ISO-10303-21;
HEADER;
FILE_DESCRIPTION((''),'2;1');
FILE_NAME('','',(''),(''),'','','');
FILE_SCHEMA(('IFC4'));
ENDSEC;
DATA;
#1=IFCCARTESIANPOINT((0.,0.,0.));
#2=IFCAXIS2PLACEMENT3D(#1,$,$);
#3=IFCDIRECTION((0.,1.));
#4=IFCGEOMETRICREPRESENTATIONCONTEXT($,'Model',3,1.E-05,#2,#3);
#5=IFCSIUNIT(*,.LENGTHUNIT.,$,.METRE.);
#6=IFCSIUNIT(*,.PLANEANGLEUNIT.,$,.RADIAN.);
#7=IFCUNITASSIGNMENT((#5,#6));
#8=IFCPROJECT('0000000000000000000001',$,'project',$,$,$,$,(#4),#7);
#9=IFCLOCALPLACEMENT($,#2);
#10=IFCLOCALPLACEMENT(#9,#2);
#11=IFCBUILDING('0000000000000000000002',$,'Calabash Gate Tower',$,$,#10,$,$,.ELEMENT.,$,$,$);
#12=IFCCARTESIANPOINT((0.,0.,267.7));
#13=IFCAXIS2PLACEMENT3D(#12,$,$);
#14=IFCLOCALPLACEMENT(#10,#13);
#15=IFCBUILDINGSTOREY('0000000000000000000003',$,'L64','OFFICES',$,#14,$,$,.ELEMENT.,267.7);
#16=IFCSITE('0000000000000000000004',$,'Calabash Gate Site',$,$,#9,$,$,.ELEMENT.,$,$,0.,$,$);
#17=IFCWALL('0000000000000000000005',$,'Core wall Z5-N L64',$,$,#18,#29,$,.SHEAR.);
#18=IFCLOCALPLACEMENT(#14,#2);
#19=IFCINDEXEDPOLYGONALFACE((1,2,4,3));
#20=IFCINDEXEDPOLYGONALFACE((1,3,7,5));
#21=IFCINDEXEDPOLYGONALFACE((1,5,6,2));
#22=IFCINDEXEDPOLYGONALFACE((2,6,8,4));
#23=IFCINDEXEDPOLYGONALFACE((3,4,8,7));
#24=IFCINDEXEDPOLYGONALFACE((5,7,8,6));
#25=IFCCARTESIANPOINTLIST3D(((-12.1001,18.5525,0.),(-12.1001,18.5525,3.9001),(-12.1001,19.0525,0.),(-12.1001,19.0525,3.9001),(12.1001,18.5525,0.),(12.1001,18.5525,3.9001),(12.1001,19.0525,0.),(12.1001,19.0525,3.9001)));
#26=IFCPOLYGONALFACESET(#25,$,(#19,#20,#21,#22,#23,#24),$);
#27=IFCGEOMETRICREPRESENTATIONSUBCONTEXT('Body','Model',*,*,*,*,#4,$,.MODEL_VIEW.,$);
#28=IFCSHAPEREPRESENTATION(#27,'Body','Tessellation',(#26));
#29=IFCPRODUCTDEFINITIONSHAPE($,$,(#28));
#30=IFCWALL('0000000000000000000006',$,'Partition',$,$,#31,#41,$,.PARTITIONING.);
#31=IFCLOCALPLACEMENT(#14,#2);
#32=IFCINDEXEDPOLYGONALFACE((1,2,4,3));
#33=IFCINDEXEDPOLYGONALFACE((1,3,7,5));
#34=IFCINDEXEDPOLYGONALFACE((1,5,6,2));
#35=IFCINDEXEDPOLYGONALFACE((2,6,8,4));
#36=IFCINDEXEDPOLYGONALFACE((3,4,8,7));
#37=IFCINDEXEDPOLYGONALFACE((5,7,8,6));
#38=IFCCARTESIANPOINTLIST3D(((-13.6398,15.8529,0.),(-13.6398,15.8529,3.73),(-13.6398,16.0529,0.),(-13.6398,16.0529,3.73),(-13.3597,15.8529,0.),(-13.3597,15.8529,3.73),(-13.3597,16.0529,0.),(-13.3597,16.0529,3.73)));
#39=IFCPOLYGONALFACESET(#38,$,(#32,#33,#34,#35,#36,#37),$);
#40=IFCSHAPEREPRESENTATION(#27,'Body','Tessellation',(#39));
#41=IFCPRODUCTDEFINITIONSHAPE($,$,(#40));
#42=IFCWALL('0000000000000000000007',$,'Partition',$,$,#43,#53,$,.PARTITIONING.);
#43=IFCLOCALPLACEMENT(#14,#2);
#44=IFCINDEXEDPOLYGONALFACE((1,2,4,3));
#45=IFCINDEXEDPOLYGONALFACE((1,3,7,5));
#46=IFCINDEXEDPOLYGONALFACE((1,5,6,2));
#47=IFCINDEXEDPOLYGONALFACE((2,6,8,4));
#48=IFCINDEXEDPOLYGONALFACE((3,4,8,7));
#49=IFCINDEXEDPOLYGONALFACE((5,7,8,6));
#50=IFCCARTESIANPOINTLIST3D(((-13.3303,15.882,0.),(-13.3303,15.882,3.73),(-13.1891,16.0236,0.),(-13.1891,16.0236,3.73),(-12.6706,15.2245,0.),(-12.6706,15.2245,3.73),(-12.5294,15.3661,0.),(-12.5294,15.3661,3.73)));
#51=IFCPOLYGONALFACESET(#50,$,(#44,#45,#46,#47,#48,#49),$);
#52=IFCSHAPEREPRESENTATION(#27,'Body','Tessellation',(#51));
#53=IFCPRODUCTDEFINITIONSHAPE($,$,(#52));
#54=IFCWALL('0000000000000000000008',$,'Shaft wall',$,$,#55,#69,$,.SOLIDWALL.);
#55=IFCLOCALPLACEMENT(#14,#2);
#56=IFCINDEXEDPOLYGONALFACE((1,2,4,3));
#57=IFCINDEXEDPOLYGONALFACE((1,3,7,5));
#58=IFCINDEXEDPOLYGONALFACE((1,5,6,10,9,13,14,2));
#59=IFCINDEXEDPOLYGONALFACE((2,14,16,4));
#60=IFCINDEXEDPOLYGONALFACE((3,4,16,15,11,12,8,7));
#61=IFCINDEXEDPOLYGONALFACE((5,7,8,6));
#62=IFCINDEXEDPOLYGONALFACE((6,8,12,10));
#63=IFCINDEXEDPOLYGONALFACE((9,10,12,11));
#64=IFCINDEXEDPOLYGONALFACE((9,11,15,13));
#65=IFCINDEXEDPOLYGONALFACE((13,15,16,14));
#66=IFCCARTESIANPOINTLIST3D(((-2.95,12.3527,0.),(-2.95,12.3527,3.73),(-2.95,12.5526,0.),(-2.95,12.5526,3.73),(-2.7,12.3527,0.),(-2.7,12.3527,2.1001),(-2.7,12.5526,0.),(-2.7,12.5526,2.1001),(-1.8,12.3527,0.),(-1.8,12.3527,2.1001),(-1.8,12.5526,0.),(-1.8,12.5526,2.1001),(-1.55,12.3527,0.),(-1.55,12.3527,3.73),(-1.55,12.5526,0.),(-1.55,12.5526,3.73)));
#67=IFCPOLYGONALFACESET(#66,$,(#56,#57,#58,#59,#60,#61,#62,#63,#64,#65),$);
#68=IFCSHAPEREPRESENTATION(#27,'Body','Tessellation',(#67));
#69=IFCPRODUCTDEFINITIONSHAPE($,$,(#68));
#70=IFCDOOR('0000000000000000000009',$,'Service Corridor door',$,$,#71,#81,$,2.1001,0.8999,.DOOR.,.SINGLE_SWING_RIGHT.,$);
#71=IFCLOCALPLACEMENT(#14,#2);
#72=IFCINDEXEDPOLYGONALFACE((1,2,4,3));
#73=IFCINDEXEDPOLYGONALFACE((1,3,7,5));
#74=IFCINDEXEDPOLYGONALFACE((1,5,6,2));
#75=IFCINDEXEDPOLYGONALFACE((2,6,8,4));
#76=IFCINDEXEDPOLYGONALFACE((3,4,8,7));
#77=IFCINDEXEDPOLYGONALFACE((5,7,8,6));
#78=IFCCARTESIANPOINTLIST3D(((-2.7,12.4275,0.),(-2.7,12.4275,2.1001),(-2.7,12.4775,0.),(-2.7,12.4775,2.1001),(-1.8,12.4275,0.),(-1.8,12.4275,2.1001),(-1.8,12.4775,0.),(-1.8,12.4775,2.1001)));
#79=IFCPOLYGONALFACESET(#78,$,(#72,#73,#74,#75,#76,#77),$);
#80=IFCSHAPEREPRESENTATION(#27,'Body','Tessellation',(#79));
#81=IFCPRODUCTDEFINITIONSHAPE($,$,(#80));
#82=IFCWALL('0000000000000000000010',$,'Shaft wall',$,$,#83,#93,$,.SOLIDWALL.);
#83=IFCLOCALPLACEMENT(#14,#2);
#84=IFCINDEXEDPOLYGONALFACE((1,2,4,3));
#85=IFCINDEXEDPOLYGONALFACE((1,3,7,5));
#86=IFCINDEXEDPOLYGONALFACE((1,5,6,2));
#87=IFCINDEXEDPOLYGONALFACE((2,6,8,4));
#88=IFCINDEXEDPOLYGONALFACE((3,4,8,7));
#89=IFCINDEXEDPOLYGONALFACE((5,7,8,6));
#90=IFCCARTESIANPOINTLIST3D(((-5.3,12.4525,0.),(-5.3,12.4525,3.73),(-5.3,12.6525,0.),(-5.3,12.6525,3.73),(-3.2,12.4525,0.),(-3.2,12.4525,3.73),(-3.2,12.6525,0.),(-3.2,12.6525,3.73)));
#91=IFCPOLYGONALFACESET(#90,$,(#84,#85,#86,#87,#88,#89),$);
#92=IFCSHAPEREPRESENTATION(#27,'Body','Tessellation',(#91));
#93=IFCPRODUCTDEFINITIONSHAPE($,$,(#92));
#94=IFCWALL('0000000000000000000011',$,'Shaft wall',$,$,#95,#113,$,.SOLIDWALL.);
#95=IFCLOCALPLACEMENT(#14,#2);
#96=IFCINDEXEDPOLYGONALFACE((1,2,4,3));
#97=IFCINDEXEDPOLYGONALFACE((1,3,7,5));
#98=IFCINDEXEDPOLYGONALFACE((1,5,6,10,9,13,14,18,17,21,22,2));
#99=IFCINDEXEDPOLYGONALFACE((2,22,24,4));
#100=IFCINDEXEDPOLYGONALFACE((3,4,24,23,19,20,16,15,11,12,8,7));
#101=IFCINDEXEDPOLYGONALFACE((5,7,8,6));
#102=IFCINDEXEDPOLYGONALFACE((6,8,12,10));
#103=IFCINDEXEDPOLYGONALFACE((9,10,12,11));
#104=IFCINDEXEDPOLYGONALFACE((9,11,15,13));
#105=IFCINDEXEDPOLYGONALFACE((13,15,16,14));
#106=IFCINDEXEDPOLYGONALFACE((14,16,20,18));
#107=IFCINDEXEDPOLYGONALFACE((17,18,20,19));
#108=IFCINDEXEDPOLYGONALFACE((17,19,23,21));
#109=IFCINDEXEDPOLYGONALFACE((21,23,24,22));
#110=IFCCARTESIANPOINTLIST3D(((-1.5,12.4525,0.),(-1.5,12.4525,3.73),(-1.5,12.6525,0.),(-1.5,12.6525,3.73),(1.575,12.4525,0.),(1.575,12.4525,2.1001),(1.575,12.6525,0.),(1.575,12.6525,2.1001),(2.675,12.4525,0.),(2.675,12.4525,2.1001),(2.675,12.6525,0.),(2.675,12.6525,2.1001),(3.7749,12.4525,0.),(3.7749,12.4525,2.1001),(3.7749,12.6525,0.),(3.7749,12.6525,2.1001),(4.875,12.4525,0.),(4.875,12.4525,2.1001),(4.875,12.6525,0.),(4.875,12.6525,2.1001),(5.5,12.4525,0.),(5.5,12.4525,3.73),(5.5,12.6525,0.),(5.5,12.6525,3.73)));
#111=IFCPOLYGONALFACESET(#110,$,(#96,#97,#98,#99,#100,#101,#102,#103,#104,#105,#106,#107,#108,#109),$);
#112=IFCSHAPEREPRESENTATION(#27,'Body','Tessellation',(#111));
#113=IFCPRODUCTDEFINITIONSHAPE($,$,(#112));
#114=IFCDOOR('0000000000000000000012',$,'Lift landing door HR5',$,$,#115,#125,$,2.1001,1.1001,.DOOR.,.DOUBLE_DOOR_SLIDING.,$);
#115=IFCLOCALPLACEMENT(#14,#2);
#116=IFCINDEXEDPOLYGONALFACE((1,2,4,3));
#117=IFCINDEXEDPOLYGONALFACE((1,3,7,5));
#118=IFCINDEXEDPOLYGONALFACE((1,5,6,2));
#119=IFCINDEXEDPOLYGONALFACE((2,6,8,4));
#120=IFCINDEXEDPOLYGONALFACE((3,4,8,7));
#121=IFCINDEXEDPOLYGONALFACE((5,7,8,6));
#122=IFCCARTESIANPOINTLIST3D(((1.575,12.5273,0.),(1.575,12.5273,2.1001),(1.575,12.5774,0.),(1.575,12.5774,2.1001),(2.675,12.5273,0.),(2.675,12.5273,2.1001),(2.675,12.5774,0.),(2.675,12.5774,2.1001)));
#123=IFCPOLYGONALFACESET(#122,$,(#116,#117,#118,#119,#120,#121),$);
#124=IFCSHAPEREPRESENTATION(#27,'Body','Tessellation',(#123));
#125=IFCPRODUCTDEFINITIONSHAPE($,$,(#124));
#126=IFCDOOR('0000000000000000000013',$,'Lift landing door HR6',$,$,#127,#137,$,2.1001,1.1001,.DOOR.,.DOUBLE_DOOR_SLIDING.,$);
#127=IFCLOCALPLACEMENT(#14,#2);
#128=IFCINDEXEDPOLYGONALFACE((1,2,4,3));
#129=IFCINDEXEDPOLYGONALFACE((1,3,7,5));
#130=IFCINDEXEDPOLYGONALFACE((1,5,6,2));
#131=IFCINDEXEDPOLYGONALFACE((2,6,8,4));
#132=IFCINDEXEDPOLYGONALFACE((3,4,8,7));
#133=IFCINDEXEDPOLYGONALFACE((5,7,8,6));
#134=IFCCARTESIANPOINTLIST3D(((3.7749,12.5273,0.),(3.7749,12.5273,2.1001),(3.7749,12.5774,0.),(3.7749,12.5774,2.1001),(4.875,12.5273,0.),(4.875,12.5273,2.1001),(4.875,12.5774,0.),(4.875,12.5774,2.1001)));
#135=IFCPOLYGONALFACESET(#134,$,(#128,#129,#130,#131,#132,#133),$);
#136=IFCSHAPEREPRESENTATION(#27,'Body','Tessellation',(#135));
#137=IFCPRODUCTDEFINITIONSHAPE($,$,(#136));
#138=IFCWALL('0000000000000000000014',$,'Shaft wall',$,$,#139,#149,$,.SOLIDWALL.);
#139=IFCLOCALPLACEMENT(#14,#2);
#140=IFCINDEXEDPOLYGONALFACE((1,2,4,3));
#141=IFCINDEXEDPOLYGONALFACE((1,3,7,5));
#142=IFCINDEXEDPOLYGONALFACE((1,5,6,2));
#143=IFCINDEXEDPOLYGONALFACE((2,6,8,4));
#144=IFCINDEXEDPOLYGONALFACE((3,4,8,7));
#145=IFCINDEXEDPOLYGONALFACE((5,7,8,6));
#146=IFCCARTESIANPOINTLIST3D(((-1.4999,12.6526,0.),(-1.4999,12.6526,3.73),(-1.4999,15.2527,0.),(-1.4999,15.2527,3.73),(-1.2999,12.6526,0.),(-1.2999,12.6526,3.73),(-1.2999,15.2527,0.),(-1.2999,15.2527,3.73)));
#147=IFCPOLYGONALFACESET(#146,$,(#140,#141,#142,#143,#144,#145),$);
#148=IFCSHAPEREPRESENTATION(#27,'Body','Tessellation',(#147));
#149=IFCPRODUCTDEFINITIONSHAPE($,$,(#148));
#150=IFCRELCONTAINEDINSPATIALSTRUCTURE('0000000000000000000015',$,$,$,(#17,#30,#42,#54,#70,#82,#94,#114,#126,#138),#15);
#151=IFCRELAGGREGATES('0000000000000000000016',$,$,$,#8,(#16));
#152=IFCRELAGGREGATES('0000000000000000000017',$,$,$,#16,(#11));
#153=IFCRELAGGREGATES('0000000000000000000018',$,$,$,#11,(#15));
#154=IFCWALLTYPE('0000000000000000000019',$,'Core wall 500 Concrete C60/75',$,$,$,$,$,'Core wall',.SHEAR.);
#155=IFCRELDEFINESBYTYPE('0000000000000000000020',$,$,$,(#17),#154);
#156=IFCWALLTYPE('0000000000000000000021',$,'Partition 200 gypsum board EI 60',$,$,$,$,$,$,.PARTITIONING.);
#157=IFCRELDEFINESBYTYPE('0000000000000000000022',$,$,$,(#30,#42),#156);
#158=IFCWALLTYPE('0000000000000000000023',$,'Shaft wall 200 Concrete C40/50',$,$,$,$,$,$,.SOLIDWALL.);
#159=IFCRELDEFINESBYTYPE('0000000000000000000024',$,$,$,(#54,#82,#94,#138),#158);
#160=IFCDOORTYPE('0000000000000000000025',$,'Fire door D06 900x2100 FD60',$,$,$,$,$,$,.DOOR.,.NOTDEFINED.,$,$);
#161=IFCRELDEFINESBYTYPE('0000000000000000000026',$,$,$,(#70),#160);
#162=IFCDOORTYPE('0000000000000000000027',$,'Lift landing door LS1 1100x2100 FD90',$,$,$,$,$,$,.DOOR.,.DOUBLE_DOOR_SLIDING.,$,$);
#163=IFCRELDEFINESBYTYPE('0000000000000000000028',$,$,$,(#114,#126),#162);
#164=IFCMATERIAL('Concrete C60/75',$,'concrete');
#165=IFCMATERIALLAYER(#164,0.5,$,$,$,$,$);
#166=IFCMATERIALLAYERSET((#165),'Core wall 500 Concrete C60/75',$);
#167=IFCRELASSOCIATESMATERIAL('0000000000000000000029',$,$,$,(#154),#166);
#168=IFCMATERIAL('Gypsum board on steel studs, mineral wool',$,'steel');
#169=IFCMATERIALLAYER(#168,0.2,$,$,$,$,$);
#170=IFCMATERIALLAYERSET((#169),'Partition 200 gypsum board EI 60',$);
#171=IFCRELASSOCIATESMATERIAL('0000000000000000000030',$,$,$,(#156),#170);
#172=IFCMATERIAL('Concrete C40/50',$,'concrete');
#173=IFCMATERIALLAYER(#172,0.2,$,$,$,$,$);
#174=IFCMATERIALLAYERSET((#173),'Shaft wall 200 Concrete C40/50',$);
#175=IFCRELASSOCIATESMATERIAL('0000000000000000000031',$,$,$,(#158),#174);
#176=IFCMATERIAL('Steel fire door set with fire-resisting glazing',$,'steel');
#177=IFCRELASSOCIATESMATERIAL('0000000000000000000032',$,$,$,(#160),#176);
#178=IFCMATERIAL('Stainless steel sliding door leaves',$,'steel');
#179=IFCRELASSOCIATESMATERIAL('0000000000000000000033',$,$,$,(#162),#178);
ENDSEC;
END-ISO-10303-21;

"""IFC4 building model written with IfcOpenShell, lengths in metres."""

from ifc_helpers import new_model, si_unit, direction, frame, frame_2d, origin, place, context, subcontext, project, spatial, rectangle, extrude, material, layer, layer_set, type_object, element, fill, save


model = new_model("IFC4")

# Units and contexts
model_context = context("Model", 3, precision=1e-05, world=origin(), true_north=direction((0.0, 1.0)))
body_context = subcontext(model_context, "Body", "Model", "MODEL_VIEW")
ifc_project = project(units=[si_unit("LENGTHUNIT", "METRE"), si_unit("PLANEANGLEUNIT", "RADIAN")], contexts=[model_context])

# Site, building, storey
site_placement = place(None, origin())
site = spatial("IfcSite", under=ifc_project, at=site_placement, Name="Calabash Gate Site", CompositionType="ELEMENT", RefElevation=0.0)
building_placement = place(site_placement, origin())
building = spatial("IfcBuilding", under=site, at=building_placement, Name="Calabash Gate Tower", CompositionType="ELEMENT")
storey_placement = place(building_placement, frame((0.0, 0.0, 267.7)))
storey = spatial("IfcBuildingStorey", under=building, at=storey_placement, Name="L64", Description="OFFICES", CompositionType="ELEMENT", Elevation=267.7)

# Walls
ifc_material_1 = material(Name="Concrete C60/75", Category="concrete")
ifc_layer_1 = layer(ifc_material_1, 0.5)
ifc_layer_set_1 = layer_set([ifc_layer_1], Name="Core wall 500 Concrete C60/75")
wall_type_1 = type_object("IfcWallType", Name="Core wall 500 Concrete C60/75", ElementType="Core wall", PredefinedType="SHEAR", material=ifc_layer_set_1)
wall_1_placement = place(storey_placement, frame((-12.1001, 18.8025, 0.0), z_axis=(0.0, 0.0, 1.0), x_axis=(1.0, 0.0, 0.0)))
element("IfcWall", 1, at=wall_1_placement, inside=storey, type_object=wall_type_1, Name="Core wall Z5-N L64", PredefinedType="SHEAR", context=body_context, shape_type="SweptSolid", body=[
    extrude(rectangle(XDim=24.2002, YDim=0.5, at=frame_2d((12.1001, 0.0))), origin(), (0.0, 0.0, 1.0), 3.9001),
])
ifc_material_2 = material(Name="Gypsum board on steel studs, mineral wool", Category="steel")
ifc_layer_2 = layer(ifc_material_2, 0.2)
ifc_layer_set_2 = layer_set([ifc_layer_2], Name="Partition 200 gypsum board EI 60")
wall_type_2 = type_object("IfcWallType", Name="Partition 200 gypsum board EI 60", PredefinedType="PARTITIONING", material=ifc_layer_set_2)
wall_2_placement = place(storey_placement, frame((-13.6399, 15.9529, 0.0), z_axis=(0.0, 0.0, 1.0), x_axis=(1.0, 0.0, 0.0)))
element("IfcWall", 2, at=wall_2_placement, inside=storey, type_object=wall_type_2, Name="Partition", PredefinedType="PARTITIONING", context=body_context, shape_type="SweptSolid", body=[
    extrude(rectangle(XDim=0.28, YDim=0.2, at=frame_2d((0.1401, 0.0))), origin(), (0.0, 0.0, 1.0), 3.73),
])
wall_3_placement = place(storey_placement, frame((-13.2598, 15.9529, 0.0), z_axis=(0.0, 0.0, 1.0), x_axis=(0.708285, -0.705926, 0.0)))
element("IfcWall", 3, at=wall_3_placement, inside=storey, type_object=wall_type_2, Name="Partition", PredefinedType="PARTITIONING", context=body_context, shape_type="SweptSolid", body=[
    extrude(rectangle(XDim=0.9314, YDim=0.2, at=frame_2d((0.4658, 0.0))), origin(), (0.0, 0.0, 1.0), 3.73),
])

# Wall, opening, door
ifc_material_3 = material(Name="Concrete C40/50", Category="concrete")
ifc_layer_3 = layer(ifc_material_3, 0.2)
ifc_layer_set_3 = layer_set([ifc_layer_3], Name="Shaft wall 200 Concrete C40/50")
wall_type_3 = type_object("IfcWallType", Name="Shaft wall 200 Concrete C40/50", PredefinedType="SOLIDWALL", material=ifc_layer_set_3)
wall_4_placement = place(storey_placement, frame((-2.95, 12.4526, 0.0), z_axis=(0.0, 0.0, 1.0), x_axis=(1.0, 0.0, 0.0)))
wall_4 = element("IfcWall", 4, at=wall_4_placement, inside=storey, type_object=wall_type_3, Name="Shaft wall", PredefinedType="SOLIDWALL", context=body_context, shape_type="SweptSolid", body=[
    extrude(rectangle(XDim=1.3999, YDim=0.2, at=frame_2d((0.7, 0.0))), origin(), (0.0, 0.0, 1.0), 3.73),
])
opening_1_placement = place(wall_4_placement, frame((0.25, 0.0, 0.0)))
opening_1 = element("IfcOpeningElement", 5, at=opening_1_placement, cuts=wall_4, PredefinedType="OPENING", context=body_context, shape_type="SweptSolid", body=[
    extrude(rectangle(XDim=0.8999, YDim=2.1001, at=frame_2d((0.45, 1.05))), frame((0.0, 0.1099, 0.0), z_axis=(0.0, -1.0, 0.0), x_axis=(1.0, 0.0, 0.0)), (0.0, 0.0, 1.0), 0.22),
])
ifc_material_4 = material(Name="Steel fire door set with fire-resisting glazing", Category="steel")
door_type_1 = type_object("IfcDoorType", Name="Fire door D06 900x2100 FD60", OperationType="NOTDEFINED", PredefinedType="DOOR", material=ifc_material_4)
door_1_placement = place(opening_1_placement, origin())
door_1 = element("IfcDoor", 6, at=door_1_placement, inside=storey, type_object=door_type_1, Name="Service Corridor door", OperationType="SINGLE_SWING_RIGHT", OverallHeight=2.1001, OverallWidth=0.8999, PredefinedType="DOOR", context=body_context, shape_type="SweptSolid", body=[
    extrude(rectangle(XDim=0.8999, YDim=2.1001, at=frame_2d((0.45, 1.05))), frame((0.0, 0.0249, 0.0), z_axis=(0.0, -1.0, 0.0), x_axis=(1.0, 0.0, 0.0)), (0.0, 0.0, 1.0), 0.05),
])
fill(opening_1, door_1)

# Wall
wall_5_placement = place(storey_placement, frame((-5.3, 12.5525, 0.0), z_axis=(0.0, 0.0, 1.0), x_axis=(1.0, 0.0, 0.0)))
element("IfcWall", 7, at=wall_5_placement, inside=storey, type_object=wall_type_3, Name="Shaft wall", PredefinedType="SOLIDWALL", context=body_context, shape_type="SweptSolid", body=[
    extrude(rectangle(XDim=2.1001, YDim=0.2, at=frame_2d((1.05, 0.0))), origin(), (0.0, 0.0, 1.0), 3.73),
])

# Wall, openings, doors
wall_6_placement = place(storey_placement, frame((-1.5, 12.5525, 0.0), z_axis=(0.0, 0.0, 1.0), x_axis=(1.0, 0.0, 0.0)))
wall_6 = element("IfcWall", 8, at=wall_6_placement, inside=storey, type_object=wall_type_3, Name="Shaft wall", PredefinedType="SOLIDWALL", context=body_context, shape_type="SweptSolid", body=[
    extrude(rectangle(XDim=7.0, YDim=0.2, at=frame_2d((3.5, 0.0))), origin(), (0.0, 0.0, 1.0), 3.73),
])
opening_2_placement = place(wall_6_placement, frame((3.075, 0.0, 0.0)))
opening_2 = element("IfcOpeningElement", 9, at=opening_2_placement, cuts=wall_6, PredefinedType="OPENING", context=body_context, shape_type="SweptSolid", body=[
    extrude(rectangle(XDim=1.1001, YDim=2.1001, at=frame_2d((0.55, 1.05))), frame((0.0, 0.1099, 0.0), z_axis=(0.0, -1.0, 0.0), x_axis=(1.0, 0.0, 0.0)), (0.0, 0.0, 1.0), 0.22),
])
opening_3_placement = place(wall_6_placement, frame((5.2749, 0.0, 0.0)))
opening_3 = element("IfcOpeningElement", 10, at=opening_3_placement, cuts=wall_6, PredefinedType="OPENING", context=body_context, shape_type="SweptSolid", body=[
    extrude(rectangle(XDim=1.1001, YDim=2.1001, at=frame_2d((0.55, 1.05))), frame((0.0, 0.1099, 0.0), z_axis=(0.0, -1.0, 0.0), x_axis=(1.0, 0.0, 0.0)), (0.0, 0.0, 1.0), 0.22),
])
ifc_material_5 = material(Name="Stainless steel sliding door leaves", Category="steel")
door_type_2 = type_object("IfcDoorType", Name="Lift landing door LS1 1100x2100 FD90", OperationType="DOUBLE_DOOR_SLIDING", PredefinedType="DOOR", material=ifc_material_5)
door_2_placement = place(opening_2_placement, origin())
door_2 = element("IfcDoor", 11, at=door_2_placement, inside=storey, type_object=door_type_2, Name="Lift landing door HR5", OperationType="DOUBLE_DOOR_SLIDING", OverallHeight=2.1001, OverallWidth=1.1001, PredefinedType="DOOR", context=body_context, shape_type="SweptSolid", body=[
    extrude(rectangle(XDim=1.1001, YDim=2.1001, at=frame_2d((0.55, 1.05))), frame((0.0, 0.0249, 0.0), z_axis=(0.0, -1.0, 0.0), x_axis=(1.0, 0.0, 0.0)), (0.0, 0.0, 1.0), 0.05),
])
fill(opening_2, door_2)
door_3_placement = place(opening_3_placement, origin())
door_3 = element("IfcDoor", 12, at=door_3_placement, inside=storey, type_object=door_type_2, Name="Lift landing door HR6", OperationType="DOUBLE_DOOR_SLIDING", OverallHeight=2.1001, OverallWidth=1.1001, PredefinedType="DOOR", context=body_context, shape_type="SweptSolid", body=[
    extrude(rectangle(XDim=1.1001, YDim=2.1001, at=frame_2d((0.55, 1.05))), frame((0.0, 0.0249, 0.0), z_axis=(0.0, -1.0, 0.0), x_axis=(1.0, 0.0, 0.0)), (0.0, 0.0, 1.0), 0.05),
])
fill(opening_3, door_3)

# Wall
wall_7_placement = place(storey_placement, frame((-1.3999, 12.6526, 0.0), z_axis=(0.0, 0.0, 1.0), x_axis=(0.0, 1.0, 0.0)))
element("IfcWall", 13, at=wall_7_placement, inside=storey, type_object=wall_type_3, Name="Shaft wall", PredefinedType="SOLIDWALL", context=body_context, shape_type="SweptSolid", body=[
    extrude(rectangle(XDim=2.6001, YDim=0.2, at=frame_2d((1.3, 0.0))), origin(), (0.0, 0.0, 1.0), 3.73),
])

save(model, "model.ifc")
